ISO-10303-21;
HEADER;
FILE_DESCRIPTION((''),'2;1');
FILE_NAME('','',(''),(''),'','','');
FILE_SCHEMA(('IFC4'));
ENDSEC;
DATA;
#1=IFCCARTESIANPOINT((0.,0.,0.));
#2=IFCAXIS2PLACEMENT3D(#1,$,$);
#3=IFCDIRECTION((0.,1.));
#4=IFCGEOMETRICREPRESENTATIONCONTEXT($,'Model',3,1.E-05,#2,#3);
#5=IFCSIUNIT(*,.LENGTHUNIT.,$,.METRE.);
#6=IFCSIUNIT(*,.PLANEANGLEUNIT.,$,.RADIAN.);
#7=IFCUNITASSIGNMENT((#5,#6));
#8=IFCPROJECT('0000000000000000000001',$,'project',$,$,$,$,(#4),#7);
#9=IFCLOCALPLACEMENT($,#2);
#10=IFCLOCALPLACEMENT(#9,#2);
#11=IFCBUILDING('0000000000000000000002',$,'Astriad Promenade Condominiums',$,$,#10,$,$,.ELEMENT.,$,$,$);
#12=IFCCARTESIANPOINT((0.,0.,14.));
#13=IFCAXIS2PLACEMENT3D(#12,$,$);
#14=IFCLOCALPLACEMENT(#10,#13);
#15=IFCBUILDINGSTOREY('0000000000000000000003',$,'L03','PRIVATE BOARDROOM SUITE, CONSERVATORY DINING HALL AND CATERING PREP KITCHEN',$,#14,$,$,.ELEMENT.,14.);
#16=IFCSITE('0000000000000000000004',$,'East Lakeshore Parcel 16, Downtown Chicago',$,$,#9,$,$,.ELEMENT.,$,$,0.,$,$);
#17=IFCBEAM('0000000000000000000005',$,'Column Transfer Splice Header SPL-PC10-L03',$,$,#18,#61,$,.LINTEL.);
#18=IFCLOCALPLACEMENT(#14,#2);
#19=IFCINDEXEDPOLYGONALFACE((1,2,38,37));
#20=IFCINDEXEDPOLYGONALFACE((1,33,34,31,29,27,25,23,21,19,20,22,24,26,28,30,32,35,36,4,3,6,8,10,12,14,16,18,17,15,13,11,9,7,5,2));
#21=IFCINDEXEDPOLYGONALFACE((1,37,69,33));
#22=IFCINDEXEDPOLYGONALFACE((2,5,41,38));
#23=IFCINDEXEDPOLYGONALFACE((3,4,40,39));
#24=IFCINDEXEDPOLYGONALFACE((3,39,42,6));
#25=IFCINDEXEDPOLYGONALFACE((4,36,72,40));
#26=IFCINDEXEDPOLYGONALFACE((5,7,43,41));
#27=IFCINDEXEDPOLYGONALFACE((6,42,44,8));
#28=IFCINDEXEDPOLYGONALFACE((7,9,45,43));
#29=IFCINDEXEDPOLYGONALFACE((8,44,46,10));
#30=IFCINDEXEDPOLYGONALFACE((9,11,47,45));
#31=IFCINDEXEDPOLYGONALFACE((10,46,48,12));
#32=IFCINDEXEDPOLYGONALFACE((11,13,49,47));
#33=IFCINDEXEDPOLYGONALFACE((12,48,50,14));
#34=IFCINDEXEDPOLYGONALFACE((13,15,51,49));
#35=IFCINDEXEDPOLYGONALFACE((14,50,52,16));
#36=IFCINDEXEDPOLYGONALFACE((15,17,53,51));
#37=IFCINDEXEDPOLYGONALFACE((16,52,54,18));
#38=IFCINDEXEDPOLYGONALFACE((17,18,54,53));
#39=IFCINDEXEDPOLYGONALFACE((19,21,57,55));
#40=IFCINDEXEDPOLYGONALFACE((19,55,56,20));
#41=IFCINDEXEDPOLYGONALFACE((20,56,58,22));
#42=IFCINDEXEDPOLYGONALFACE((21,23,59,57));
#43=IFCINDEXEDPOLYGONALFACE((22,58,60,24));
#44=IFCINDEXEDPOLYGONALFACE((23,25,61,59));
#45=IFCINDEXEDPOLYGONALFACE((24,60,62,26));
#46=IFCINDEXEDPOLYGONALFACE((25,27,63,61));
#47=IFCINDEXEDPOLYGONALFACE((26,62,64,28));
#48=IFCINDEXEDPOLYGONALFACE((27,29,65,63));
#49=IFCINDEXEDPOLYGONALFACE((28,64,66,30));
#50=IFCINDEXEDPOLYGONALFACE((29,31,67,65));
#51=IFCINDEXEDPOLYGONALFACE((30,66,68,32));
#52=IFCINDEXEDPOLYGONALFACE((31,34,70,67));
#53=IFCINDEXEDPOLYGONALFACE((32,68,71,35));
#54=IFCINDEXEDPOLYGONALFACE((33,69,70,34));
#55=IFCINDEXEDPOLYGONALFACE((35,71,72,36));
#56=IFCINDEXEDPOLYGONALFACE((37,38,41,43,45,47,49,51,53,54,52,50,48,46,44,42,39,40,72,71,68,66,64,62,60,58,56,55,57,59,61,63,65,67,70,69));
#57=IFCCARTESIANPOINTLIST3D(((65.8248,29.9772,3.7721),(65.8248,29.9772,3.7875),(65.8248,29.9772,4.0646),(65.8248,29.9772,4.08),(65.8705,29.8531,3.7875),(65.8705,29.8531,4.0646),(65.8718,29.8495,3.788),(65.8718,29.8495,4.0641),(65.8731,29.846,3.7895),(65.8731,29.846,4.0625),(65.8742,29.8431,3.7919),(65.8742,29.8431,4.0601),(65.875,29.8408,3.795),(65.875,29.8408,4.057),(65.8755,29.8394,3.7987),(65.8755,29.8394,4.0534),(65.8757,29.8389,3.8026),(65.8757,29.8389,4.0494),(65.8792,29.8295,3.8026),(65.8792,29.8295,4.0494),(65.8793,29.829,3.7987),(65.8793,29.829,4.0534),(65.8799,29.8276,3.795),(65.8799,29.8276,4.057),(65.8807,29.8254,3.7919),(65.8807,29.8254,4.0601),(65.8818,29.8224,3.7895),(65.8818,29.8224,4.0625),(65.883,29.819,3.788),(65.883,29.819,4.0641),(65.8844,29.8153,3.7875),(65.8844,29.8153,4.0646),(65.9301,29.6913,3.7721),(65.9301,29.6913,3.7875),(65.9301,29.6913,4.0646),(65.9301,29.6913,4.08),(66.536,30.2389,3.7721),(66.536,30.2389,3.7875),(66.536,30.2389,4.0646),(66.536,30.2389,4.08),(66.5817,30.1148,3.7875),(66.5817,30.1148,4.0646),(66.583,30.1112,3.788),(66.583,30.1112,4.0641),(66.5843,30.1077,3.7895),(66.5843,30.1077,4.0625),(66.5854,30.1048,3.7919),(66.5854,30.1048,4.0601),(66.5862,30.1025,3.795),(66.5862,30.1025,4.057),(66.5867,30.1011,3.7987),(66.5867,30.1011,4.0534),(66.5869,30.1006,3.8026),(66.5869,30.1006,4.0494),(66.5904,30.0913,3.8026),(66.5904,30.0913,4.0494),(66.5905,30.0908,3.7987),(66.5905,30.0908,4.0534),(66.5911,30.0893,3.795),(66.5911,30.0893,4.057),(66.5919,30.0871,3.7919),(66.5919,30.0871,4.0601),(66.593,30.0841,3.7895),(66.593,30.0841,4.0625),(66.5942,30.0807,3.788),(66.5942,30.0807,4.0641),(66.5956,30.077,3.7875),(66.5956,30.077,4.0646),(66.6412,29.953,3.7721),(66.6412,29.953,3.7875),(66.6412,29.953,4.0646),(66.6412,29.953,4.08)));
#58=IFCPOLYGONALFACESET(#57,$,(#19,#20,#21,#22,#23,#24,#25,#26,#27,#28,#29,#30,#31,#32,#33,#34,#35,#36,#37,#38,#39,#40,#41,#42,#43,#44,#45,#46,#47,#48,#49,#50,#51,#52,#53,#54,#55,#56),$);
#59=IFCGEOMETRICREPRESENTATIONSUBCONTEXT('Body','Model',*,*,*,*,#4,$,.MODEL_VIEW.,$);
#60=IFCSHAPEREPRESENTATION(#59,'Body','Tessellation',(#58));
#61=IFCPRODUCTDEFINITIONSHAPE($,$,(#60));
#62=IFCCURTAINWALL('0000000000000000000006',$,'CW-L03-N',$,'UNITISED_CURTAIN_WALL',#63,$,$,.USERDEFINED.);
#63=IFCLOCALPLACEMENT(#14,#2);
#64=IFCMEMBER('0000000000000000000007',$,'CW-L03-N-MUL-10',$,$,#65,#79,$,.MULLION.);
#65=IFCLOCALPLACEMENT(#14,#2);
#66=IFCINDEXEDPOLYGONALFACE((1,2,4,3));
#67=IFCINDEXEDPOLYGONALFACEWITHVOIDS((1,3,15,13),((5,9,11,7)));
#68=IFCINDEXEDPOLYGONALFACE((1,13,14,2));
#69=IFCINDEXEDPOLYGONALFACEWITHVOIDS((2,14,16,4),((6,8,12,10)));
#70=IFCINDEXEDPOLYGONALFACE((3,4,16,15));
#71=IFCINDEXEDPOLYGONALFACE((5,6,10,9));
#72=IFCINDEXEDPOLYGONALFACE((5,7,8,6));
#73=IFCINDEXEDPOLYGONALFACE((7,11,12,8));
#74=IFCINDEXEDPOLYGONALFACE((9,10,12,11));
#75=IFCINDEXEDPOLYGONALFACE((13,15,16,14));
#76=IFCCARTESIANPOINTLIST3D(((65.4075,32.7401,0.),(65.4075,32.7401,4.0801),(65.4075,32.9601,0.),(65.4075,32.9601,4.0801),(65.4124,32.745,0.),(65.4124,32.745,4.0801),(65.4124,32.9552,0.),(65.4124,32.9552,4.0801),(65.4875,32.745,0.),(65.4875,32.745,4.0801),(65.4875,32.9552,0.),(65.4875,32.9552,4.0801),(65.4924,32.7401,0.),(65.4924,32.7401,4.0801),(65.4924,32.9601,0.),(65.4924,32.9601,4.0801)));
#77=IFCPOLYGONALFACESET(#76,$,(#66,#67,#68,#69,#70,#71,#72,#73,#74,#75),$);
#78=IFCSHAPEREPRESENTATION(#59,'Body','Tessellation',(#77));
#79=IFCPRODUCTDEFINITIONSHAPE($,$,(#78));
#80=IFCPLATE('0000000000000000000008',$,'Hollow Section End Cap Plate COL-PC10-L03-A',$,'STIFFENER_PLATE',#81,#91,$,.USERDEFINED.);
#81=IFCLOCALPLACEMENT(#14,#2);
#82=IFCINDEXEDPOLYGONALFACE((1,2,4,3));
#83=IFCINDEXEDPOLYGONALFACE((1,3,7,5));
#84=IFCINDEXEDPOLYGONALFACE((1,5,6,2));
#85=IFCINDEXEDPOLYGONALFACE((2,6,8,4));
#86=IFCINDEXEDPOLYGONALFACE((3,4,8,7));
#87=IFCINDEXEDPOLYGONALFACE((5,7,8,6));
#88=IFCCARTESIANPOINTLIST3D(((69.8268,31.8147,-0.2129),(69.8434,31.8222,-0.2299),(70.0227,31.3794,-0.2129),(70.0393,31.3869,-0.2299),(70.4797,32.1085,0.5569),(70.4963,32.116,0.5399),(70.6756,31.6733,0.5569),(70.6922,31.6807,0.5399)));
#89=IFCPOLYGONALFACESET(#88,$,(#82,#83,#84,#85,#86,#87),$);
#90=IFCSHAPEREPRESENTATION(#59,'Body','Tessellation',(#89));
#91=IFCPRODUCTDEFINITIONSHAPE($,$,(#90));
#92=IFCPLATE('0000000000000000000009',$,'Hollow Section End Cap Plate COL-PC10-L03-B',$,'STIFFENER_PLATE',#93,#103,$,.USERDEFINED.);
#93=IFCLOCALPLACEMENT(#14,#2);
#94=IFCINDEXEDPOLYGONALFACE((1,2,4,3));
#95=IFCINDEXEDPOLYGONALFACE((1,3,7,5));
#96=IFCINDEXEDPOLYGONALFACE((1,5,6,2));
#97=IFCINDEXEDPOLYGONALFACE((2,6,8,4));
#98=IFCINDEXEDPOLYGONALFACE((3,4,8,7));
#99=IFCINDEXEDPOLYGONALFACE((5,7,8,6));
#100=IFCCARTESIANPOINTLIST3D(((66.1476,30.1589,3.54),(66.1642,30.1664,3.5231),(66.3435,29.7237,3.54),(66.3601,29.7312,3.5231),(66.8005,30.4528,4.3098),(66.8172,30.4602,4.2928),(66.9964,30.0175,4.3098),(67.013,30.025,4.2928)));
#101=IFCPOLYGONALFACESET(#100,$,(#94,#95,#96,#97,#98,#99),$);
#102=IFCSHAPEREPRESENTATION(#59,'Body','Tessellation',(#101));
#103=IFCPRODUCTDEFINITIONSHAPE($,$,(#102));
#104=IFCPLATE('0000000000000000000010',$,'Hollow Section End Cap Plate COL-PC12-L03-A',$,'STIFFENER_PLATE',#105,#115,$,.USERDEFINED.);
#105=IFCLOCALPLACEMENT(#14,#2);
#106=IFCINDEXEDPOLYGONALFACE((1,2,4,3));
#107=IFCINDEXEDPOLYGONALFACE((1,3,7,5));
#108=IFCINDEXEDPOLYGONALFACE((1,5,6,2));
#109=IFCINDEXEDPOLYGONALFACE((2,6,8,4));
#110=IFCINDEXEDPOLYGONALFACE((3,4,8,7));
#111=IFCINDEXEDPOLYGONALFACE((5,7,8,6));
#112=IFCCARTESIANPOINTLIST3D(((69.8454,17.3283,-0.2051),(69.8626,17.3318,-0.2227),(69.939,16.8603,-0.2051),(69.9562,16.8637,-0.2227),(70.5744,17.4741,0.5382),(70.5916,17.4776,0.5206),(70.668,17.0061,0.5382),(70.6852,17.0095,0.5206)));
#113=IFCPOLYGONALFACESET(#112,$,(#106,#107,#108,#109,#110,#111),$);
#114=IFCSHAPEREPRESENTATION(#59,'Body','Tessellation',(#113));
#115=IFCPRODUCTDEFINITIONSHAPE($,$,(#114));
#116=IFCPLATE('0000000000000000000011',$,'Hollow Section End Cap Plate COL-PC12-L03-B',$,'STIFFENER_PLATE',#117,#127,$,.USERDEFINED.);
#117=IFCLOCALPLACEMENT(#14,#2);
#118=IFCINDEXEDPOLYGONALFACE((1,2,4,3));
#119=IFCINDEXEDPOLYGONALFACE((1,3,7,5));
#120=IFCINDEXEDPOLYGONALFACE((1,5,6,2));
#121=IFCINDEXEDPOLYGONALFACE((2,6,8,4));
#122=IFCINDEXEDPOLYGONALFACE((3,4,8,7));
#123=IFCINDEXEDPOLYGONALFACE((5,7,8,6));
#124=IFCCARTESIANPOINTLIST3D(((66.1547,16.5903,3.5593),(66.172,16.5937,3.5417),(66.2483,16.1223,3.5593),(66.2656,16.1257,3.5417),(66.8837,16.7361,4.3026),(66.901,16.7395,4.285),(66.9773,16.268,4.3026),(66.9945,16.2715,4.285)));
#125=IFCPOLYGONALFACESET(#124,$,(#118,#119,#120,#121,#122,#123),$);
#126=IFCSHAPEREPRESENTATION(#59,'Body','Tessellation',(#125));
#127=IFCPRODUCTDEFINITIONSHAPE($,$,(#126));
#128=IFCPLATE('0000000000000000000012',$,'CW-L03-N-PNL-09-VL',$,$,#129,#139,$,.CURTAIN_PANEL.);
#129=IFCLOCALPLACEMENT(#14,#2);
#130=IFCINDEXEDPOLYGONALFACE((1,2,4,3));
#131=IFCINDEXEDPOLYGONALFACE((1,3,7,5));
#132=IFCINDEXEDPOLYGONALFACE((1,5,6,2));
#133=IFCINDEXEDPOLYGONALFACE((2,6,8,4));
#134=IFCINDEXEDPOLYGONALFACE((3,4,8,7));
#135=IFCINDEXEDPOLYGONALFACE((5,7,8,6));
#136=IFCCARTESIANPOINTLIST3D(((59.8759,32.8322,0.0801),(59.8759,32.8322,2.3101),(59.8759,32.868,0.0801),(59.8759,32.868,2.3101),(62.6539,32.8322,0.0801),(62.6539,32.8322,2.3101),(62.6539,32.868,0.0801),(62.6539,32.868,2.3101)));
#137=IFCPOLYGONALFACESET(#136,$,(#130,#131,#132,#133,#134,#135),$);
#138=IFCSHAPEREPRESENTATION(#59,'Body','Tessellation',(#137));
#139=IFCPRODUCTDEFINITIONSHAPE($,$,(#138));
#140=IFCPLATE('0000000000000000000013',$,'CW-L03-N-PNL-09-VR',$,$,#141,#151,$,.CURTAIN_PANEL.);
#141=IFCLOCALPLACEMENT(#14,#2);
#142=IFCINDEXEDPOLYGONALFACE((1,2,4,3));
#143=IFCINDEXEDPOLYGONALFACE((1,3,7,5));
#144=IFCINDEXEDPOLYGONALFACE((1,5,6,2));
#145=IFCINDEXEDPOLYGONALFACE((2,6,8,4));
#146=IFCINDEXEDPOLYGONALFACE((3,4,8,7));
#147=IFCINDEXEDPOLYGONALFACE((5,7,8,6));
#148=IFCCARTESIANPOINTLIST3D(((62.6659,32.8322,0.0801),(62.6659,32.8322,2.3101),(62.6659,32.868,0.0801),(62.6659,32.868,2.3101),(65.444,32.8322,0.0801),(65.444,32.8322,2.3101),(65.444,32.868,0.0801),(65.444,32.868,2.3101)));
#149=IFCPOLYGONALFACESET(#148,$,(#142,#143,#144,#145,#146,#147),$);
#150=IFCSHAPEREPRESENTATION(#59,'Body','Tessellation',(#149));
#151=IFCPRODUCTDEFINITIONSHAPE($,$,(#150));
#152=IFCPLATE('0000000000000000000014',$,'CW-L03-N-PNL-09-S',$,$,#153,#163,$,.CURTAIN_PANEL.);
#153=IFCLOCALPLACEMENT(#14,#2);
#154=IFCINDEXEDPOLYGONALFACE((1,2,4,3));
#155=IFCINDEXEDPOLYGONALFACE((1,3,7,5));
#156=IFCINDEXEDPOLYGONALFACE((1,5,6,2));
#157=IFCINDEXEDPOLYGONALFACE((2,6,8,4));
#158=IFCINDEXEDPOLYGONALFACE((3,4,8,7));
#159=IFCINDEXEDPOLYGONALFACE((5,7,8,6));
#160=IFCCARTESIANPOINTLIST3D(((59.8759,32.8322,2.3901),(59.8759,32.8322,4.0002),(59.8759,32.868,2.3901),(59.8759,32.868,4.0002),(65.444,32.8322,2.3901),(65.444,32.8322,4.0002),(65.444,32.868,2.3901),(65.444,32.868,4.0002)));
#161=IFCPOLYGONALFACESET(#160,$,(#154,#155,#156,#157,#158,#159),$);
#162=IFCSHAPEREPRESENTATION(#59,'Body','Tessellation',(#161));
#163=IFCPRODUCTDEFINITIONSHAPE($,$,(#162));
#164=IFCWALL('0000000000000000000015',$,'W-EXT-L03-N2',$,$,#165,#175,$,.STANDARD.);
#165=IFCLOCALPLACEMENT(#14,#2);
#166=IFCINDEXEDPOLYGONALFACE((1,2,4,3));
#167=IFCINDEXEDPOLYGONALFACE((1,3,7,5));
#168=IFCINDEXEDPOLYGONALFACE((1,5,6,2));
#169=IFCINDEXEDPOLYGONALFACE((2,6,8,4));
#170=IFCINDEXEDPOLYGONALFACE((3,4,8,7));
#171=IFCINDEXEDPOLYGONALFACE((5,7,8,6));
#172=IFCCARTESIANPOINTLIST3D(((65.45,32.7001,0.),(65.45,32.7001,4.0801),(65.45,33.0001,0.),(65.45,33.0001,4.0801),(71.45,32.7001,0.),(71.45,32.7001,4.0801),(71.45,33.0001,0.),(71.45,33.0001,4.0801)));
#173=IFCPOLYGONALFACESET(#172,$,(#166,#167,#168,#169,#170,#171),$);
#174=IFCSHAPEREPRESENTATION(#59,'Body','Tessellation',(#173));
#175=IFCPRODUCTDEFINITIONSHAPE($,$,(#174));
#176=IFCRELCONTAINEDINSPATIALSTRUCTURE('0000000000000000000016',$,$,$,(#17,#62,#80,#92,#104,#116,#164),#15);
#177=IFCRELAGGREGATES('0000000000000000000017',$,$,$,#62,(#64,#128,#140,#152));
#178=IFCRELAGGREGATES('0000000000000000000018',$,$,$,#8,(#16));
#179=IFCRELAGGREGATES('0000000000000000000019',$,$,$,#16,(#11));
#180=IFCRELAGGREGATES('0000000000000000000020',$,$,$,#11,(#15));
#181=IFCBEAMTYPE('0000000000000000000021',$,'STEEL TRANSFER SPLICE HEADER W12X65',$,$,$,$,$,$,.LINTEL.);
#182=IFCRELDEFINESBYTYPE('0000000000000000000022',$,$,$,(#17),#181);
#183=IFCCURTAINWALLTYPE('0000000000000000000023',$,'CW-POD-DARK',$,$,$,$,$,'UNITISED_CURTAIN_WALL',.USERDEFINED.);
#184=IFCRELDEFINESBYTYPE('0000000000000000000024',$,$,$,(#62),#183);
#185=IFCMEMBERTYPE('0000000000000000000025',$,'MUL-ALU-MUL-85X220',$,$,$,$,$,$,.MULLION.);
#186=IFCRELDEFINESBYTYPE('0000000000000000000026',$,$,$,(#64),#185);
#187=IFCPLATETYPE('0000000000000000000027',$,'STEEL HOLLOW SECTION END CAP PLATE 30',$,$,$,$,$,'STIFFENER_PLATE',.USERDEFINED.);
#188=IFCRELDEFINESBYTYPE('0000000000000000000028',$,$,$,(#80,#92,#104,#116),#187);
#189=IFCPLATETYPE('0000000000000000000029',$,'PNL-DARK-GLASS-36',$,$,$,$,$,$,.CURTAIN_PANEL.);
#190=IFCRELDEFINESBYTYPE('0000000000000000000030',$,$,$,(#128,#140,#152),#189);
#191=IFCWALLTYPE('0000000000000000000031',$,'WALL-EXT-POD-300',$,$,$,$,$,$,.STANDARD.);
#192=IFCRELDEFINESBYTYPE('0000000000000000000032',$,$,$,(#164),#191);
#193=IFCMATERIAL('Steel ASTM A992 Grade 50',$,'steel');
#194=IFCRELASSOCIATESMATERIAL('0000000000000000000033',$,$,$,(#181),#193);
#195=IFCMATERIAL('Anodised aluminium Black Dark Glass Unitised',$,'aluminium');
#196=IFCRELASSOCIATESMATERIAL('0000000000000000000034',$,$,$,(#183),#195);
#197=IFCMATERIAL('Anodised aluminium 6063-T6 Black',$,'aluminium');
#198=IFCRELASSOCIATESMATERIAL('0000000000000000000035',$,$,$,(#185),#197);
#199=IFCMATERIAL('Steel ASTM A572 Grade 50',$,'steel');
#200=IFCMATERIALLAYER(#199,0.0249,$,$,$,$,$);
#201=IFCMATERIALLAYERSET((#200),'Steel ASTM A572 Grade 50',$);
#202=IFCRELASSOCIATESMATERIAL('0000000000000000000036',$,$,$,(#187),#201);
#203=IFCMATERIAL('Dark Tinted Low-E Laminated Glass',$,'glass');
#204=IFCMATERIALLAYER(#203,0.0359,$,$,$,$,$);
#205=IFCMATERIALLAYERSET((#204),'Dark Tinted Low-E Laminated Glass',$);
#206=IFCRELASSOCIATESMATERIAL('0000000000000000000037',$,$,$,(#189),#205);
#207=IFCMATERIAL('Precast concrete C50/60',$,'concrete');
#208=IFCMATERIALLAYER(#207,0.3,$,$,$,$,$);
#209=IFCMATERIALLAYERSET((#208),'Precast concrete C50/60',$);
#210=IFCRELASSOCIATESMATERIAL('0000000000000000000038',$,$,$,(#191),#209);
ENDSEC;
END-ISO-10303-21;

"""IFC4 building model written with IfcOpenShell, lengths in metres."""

from ifc_helpers import new_model, si_unit, direction, frame, frame_2d, origin, origin_2d, place, context, subcontext, project, spatial, rectangle, hollow_rectangle, i_section, extrude, source, transform, mapped, material, layer, layer_set, material_profile, profile_set, type_object, type_shapes, element, aggregate, save


model = new_model("IFC4")

# Units and contexts
model_context = context("Model", 3, precision=1e-05, world=origin(), true_north=direction((0.0, 1.0)))
body_context = subcontext(model_context, "Body", "Model", "MODEL_VIEW")
ifc_project = project(units=[si_unit("LENGTHUNIT", "METRE"), si_unit("PLANEANGLEUNIT", "RADIAN")], contexts=[model_context])

# Site, building, storey
site_placement = place(None, origin())
site = spatial("IfcSite", under=ifc_project, at=site_placement, Name="East Lakeshore Parcel 16, Downtown Chicago", CompositionType="ELEMENT", RefElevation=0.0)
building_placement = place(site_placement, origin())
building = spatial("IfcBuilding", under=site, at=building_placement, Name="Astriad Promenade Condominiums", CompositionType="ELEMENT")
storey_placement = place(building_placement, frame((0.0, 0.0, 14.0)))
storey = spatial("IfcBuildingStorey", under=building, at=storey_placement, Name="L03", Description="PRIVATE BOARDROOM SUITE, CONSERVATORY DINING HALL AND CATERING PREP KITCHEN", CompositionType="ELEMENT", Elevation=14.0)

# Shared definitions
ifc_material_1 = material(Name="Steel ASTM A992 Grade 50", Category="steel")

# Beam
ifc_material_profile_1 = material_profile(ifc_material_1, i_section(OverallWidth=0.3047, OverallDepth=0.3079, WebThickness=0.01, FlangeThickness=0.0154, FilletRadius=0.0151, at=origin_2d()), Name="W12X65")
ifc_profile_set_1 = profile_set([ifc_material_profile_1], Name="Steel ASTM A992 Grade 50")
beam_type_1 = type_object("IfcBeamType", Name="STEEL TRANSFER SPLICE HEADER W12X65", PredefinedType="LINTEL", material=ifc_profile_set_1)
shared_shape_1 = source(origin(), body_context, "Body", "SweptSolid", [
    extrude(i_section(OverallWidth=0.3047, OverallDepth=0.3079, WebThickness=0.01, FlangeThickness=0.0154, FilletRadius=0.0151, at=origin_2d()), origin(), (0.0, 0.0, 1.0), 0.7578),
])
beam_1_placement = place(storey_placement, frame((66.5886, 30.0959, 3.926), z_axis=(-0.93847, -0.345362, 0.0), x_axis=(0.345362, -0.93847, 0.0)))
element("IfcBeam", 1, at=beam_1_placement, inside=storey, type_object=beam_type_1, Name="Column Transfer Splice Header SPL-PC10-L03", PredefinedType="LINTEL", context=body_context, shape_type="MappedRepresentation", body=[
    mapped(shared_shape_1, transform((0.0, 0.0, 0.0), scale=1.0)),
])

# Curtain wall, member
ifc_material_2 = material(Name="Anodised aluminium Black Dark Glass Unitised", Category="aluminium")
curtain_wall_type = type_object("IfcCurtainWallType", Name="CW-POD-DARK", ElementType="UNITISED_CURTAIN_WALL", PredefinedType="USERDEFINED", material=ifc_material_2)
curtain_wall_placement = place(storey_placement, origin())
curtain_wall = element("IfcCurtainWall", 2, at=curtain_wall_placement, inside=storey, type_object=curtain_wall_type, Name="CW-L03-N", ObjectType="UNITISED_CURTAIN_WALL", PredefinedType="USERDEFINED")
ifc_material_3 = material(Name="Anodised aluminium 6063-T6 Black", Category="aluminium")
ifc_material_profile_2 = material_profile(ifc_material_3, hollow_rectangle(XDim=0.085, YDim=0.22, WallThickness=0.0049, at=origin_2d()), Name="ALU-MUL-85X220")
ifc_profile_set_2 = profile_set([ifc_material_profile_2], Name="Anodised aluminium 6063-T6 Black")
member_type = type_object("IfcMemberType", Name="MUL-ALU-MUL-85X220", PredefinedType="MULLION", material=ifc_profile_set_2)
shared_shape_2 = source(origin(), body_context, "Body", "SweptSolid", [
    extrude(hollow_rectangle(XDim=0.085, YDim=0.22, WallThickness=0.0049, at=origin_2d()), origin(), (0.0, 0.0, 1.0), 4.0801),
])
type_shapes(member_type, [shared_shape_2])
member_placement = place(storey_placement, frame((65.45, 32.8501, 0.0), z_axis=(0.0, 0.0, 1.0), x_axis=(1.0, 0.0, 0.0)))
member = element("IfcMember", 3, at=member_placement, type_object=member_type, Name="CW-L03-N-MUL-10", PredefinedType="MULLION", context=body_context, shape_type="MappedRepresentation", body=[
    mapped(shared_shape_2, transform((0.0, 0.0, 0.0), scale=1.0)),
])

# Plates
ifc_material_4 = material(Name="Steel ASTM A572 Grade 50", Category="steel")
ifc_layer_1 = layer(ifc_material_4, 0.0249)
ifc_layer_set_1 = layer_set([ifc_layer_1], Name="Steel ASTM A572 Grade 50")
plate_type_1 = type_object("IfcPlateType", Name="STEEL HOLLOW SECTION END CAP PLATE 30", ElementType="STIFFENER_PLATE", PredefinedType="USERDEFINED", material=ifc_layer_set_1)
shared_shape_3 = source(origin(), body_context, "Body", "SweptSolid", [
    extrude(rectangle(XDim=0.4773, YDim=1.0513, at=origin_2d()), origin(), (0.0, 0.0, 1.0), 0.0249),
])
type_shapes(plate_type_1, [shared_shape_3])
for number, where, z_axis, x_axis, name in (
    (4, (70.2678, 31.7515, 0.155), (-0.667724, -0.300481, 0.681069), (0.410371, -0.911919, 0.0), "Hollow Section End Cap Plate COL-PC10-L03-A"),
    (5, (66.5886, 30.0957, 3.908), (-0.667724, -0.300481, 0.681069), (0.410371, -0.911919, 0.0), "Hollow Section End Cap Plate COL-PC10-L03-B"),
    (6, (70.2739, 17.1707, 0.1489), (-0.693316, -0.138648, 0.70717), (0.196096, -0.980585, 0.0), "Hollow Section End Cap Plate COL-PC12-L03-A"),
    (7, (66.5833, 16.4326, 3.9133), (-0.693316, -0.138648, 0.70717), (0.196096, -0.980585, 0.0), "Hollow Section End Cap Plate COL-PC12-L03-B"),
):
    element("IfcPlate", number, at=place(storey_placement, frame(where, z_axis=z_axis, x_axis=x_axis)), inside=storey, type_object=plate_type_1, Name=name, ObjectType="STIFFENER_PLATE", PredefinedType="USERDEFINED", context=body_context, shape_type="MappedRepresentation", body=[
        mapped(shared_shape_3, transform((0.0, 0.0, 0.0), scale=1.0)),
    ])

# Plates
ifc_material_5 = material(Name="Dark Tinted Low-E Laminated Glass", Category="glass")
ifc_layer_2 = layer(ifc_material_5, 0.0359)
ifc_layer_set_2 = layer_set([ifc_layer_2], Name="Dark Tinted Low-E Laminated Glass")
plate_type_2 = type_object("IfcPlateType", Name="PNL-DARK-GLASS-36", PredefinedType="CURTAIN_PANEL", material=ifc_layer_set_2)
shared_shape_4 = source(origin(), body_context, "Body", "SweptSolid", [
    extrude(rectangle(XDim=2.7781, YDim=0.0359, at=origin_2d()), origin(), (0.0, 0.0, 1.0), 2.23),
])
plate_1_placement = place(storey_placement, frame((61.2649, 32.8501, 0.0801), z_axis=(0.0, 0.0, 1.0), x_axis=(1.0, 0.0, 0.0)))
plate_1 = element("IfcPlate", 8, at=plate_1_placement, type_object=plate_type_2, Name="CW-L03-N-PNL-09-VL", PredefinedType="CURTAIN_PANEL", context=body_context, shape_type="MappedRepresentation", body=[
    mapped(shared_shape_4, transform((0.0, 0.0, 0.0), scale=1.0)),
])
plate_2_placement = place(storey_placement, frame((64.0549, 32.8501, 0.0801), z_axis=(0.0, 0.0, 1.0), x_axis=(1.0, 0.0, 0.0)))
plate_2 = element("IfcPlate", 9, at=plate_2_placement, type_object=plate_type_2, Name="CW-L03-N-PNL-09-VR", PredefinedType="CURTAIN_PANEL", context=body_context, shape_type="MappedRepresentation", body=[
    mapped(shared_shape_4, transform((0.0, 0.0, 0.0), scale=1.0)),
])
shared_shape_5 = source(origin(), body_context, "Body", "SweptSolid", [
    extrude(rectangle(XDim=5.5681, YDim=0.0359, at=origin_2d()), origin(), (0.0, 0.0, 1.0), 1.6101),
])
type_shapes(plate_type_2, [shared_shape_4, shared_shape_5])
plate_3_placement = place(storey_placement, frame((62.6599, 32.8501, 2.3901), z_axis=(0.0, 0.0, 1.0), x_axis=(1.0, 0.0, 0.0)))
plate_3 = element("IfcPlate", 10, at=plate_3_placement, type_object=plate_type_2, Name="CW-L03-N-PNL-09-S", PredefinedType="CURTAIN_PANEL", context=body_context, shape_type="MappedRepresentation", body=[
    mapped(shared_shape_5, transform((0.0, 0.0, 0.0), scale=1.0)),
])
aggregate(curtain_wall, [member, plate_1, plate_2, plate_3])

# Wall
ifc_material_6 = material(Name="Precast concrete C50/60", Category="concrete")
ifc_layer_3 = layer(ifc_material_6, 0.3)
ifc_layer_set_3 = layer_set([ifc_layer_3], Name="Precast concrete C50/60")
wall_type_1 = type_object("IfcWallType", Name="WALL-EXT-POD-300", PredefinedType="STANDARD", material=ifc_layer_set_3)
wall_1_placement = place(storey_placement, frame((65.45, 32.8501, 0.0), z_axis=(0.0, 0.0, 1.0), x_axis=(1.0, 0.0, 0.0)))
element("IfcWall", 11, at=wall_1_placement, inside=storey, type_object=wall_type_1, Name="W-EXT-L03-N2", PredefinedType="STANDARD", context=body_context, shape_type="SweptSolid", body=[
    extrude(rectangle(XDim=6.0, YDim=0.3, at=frame_2d((3.0, 0.0))), origin(), (0.0, 0.0, 1.0), 4.0801),
])

save(model, "model.ifc")
